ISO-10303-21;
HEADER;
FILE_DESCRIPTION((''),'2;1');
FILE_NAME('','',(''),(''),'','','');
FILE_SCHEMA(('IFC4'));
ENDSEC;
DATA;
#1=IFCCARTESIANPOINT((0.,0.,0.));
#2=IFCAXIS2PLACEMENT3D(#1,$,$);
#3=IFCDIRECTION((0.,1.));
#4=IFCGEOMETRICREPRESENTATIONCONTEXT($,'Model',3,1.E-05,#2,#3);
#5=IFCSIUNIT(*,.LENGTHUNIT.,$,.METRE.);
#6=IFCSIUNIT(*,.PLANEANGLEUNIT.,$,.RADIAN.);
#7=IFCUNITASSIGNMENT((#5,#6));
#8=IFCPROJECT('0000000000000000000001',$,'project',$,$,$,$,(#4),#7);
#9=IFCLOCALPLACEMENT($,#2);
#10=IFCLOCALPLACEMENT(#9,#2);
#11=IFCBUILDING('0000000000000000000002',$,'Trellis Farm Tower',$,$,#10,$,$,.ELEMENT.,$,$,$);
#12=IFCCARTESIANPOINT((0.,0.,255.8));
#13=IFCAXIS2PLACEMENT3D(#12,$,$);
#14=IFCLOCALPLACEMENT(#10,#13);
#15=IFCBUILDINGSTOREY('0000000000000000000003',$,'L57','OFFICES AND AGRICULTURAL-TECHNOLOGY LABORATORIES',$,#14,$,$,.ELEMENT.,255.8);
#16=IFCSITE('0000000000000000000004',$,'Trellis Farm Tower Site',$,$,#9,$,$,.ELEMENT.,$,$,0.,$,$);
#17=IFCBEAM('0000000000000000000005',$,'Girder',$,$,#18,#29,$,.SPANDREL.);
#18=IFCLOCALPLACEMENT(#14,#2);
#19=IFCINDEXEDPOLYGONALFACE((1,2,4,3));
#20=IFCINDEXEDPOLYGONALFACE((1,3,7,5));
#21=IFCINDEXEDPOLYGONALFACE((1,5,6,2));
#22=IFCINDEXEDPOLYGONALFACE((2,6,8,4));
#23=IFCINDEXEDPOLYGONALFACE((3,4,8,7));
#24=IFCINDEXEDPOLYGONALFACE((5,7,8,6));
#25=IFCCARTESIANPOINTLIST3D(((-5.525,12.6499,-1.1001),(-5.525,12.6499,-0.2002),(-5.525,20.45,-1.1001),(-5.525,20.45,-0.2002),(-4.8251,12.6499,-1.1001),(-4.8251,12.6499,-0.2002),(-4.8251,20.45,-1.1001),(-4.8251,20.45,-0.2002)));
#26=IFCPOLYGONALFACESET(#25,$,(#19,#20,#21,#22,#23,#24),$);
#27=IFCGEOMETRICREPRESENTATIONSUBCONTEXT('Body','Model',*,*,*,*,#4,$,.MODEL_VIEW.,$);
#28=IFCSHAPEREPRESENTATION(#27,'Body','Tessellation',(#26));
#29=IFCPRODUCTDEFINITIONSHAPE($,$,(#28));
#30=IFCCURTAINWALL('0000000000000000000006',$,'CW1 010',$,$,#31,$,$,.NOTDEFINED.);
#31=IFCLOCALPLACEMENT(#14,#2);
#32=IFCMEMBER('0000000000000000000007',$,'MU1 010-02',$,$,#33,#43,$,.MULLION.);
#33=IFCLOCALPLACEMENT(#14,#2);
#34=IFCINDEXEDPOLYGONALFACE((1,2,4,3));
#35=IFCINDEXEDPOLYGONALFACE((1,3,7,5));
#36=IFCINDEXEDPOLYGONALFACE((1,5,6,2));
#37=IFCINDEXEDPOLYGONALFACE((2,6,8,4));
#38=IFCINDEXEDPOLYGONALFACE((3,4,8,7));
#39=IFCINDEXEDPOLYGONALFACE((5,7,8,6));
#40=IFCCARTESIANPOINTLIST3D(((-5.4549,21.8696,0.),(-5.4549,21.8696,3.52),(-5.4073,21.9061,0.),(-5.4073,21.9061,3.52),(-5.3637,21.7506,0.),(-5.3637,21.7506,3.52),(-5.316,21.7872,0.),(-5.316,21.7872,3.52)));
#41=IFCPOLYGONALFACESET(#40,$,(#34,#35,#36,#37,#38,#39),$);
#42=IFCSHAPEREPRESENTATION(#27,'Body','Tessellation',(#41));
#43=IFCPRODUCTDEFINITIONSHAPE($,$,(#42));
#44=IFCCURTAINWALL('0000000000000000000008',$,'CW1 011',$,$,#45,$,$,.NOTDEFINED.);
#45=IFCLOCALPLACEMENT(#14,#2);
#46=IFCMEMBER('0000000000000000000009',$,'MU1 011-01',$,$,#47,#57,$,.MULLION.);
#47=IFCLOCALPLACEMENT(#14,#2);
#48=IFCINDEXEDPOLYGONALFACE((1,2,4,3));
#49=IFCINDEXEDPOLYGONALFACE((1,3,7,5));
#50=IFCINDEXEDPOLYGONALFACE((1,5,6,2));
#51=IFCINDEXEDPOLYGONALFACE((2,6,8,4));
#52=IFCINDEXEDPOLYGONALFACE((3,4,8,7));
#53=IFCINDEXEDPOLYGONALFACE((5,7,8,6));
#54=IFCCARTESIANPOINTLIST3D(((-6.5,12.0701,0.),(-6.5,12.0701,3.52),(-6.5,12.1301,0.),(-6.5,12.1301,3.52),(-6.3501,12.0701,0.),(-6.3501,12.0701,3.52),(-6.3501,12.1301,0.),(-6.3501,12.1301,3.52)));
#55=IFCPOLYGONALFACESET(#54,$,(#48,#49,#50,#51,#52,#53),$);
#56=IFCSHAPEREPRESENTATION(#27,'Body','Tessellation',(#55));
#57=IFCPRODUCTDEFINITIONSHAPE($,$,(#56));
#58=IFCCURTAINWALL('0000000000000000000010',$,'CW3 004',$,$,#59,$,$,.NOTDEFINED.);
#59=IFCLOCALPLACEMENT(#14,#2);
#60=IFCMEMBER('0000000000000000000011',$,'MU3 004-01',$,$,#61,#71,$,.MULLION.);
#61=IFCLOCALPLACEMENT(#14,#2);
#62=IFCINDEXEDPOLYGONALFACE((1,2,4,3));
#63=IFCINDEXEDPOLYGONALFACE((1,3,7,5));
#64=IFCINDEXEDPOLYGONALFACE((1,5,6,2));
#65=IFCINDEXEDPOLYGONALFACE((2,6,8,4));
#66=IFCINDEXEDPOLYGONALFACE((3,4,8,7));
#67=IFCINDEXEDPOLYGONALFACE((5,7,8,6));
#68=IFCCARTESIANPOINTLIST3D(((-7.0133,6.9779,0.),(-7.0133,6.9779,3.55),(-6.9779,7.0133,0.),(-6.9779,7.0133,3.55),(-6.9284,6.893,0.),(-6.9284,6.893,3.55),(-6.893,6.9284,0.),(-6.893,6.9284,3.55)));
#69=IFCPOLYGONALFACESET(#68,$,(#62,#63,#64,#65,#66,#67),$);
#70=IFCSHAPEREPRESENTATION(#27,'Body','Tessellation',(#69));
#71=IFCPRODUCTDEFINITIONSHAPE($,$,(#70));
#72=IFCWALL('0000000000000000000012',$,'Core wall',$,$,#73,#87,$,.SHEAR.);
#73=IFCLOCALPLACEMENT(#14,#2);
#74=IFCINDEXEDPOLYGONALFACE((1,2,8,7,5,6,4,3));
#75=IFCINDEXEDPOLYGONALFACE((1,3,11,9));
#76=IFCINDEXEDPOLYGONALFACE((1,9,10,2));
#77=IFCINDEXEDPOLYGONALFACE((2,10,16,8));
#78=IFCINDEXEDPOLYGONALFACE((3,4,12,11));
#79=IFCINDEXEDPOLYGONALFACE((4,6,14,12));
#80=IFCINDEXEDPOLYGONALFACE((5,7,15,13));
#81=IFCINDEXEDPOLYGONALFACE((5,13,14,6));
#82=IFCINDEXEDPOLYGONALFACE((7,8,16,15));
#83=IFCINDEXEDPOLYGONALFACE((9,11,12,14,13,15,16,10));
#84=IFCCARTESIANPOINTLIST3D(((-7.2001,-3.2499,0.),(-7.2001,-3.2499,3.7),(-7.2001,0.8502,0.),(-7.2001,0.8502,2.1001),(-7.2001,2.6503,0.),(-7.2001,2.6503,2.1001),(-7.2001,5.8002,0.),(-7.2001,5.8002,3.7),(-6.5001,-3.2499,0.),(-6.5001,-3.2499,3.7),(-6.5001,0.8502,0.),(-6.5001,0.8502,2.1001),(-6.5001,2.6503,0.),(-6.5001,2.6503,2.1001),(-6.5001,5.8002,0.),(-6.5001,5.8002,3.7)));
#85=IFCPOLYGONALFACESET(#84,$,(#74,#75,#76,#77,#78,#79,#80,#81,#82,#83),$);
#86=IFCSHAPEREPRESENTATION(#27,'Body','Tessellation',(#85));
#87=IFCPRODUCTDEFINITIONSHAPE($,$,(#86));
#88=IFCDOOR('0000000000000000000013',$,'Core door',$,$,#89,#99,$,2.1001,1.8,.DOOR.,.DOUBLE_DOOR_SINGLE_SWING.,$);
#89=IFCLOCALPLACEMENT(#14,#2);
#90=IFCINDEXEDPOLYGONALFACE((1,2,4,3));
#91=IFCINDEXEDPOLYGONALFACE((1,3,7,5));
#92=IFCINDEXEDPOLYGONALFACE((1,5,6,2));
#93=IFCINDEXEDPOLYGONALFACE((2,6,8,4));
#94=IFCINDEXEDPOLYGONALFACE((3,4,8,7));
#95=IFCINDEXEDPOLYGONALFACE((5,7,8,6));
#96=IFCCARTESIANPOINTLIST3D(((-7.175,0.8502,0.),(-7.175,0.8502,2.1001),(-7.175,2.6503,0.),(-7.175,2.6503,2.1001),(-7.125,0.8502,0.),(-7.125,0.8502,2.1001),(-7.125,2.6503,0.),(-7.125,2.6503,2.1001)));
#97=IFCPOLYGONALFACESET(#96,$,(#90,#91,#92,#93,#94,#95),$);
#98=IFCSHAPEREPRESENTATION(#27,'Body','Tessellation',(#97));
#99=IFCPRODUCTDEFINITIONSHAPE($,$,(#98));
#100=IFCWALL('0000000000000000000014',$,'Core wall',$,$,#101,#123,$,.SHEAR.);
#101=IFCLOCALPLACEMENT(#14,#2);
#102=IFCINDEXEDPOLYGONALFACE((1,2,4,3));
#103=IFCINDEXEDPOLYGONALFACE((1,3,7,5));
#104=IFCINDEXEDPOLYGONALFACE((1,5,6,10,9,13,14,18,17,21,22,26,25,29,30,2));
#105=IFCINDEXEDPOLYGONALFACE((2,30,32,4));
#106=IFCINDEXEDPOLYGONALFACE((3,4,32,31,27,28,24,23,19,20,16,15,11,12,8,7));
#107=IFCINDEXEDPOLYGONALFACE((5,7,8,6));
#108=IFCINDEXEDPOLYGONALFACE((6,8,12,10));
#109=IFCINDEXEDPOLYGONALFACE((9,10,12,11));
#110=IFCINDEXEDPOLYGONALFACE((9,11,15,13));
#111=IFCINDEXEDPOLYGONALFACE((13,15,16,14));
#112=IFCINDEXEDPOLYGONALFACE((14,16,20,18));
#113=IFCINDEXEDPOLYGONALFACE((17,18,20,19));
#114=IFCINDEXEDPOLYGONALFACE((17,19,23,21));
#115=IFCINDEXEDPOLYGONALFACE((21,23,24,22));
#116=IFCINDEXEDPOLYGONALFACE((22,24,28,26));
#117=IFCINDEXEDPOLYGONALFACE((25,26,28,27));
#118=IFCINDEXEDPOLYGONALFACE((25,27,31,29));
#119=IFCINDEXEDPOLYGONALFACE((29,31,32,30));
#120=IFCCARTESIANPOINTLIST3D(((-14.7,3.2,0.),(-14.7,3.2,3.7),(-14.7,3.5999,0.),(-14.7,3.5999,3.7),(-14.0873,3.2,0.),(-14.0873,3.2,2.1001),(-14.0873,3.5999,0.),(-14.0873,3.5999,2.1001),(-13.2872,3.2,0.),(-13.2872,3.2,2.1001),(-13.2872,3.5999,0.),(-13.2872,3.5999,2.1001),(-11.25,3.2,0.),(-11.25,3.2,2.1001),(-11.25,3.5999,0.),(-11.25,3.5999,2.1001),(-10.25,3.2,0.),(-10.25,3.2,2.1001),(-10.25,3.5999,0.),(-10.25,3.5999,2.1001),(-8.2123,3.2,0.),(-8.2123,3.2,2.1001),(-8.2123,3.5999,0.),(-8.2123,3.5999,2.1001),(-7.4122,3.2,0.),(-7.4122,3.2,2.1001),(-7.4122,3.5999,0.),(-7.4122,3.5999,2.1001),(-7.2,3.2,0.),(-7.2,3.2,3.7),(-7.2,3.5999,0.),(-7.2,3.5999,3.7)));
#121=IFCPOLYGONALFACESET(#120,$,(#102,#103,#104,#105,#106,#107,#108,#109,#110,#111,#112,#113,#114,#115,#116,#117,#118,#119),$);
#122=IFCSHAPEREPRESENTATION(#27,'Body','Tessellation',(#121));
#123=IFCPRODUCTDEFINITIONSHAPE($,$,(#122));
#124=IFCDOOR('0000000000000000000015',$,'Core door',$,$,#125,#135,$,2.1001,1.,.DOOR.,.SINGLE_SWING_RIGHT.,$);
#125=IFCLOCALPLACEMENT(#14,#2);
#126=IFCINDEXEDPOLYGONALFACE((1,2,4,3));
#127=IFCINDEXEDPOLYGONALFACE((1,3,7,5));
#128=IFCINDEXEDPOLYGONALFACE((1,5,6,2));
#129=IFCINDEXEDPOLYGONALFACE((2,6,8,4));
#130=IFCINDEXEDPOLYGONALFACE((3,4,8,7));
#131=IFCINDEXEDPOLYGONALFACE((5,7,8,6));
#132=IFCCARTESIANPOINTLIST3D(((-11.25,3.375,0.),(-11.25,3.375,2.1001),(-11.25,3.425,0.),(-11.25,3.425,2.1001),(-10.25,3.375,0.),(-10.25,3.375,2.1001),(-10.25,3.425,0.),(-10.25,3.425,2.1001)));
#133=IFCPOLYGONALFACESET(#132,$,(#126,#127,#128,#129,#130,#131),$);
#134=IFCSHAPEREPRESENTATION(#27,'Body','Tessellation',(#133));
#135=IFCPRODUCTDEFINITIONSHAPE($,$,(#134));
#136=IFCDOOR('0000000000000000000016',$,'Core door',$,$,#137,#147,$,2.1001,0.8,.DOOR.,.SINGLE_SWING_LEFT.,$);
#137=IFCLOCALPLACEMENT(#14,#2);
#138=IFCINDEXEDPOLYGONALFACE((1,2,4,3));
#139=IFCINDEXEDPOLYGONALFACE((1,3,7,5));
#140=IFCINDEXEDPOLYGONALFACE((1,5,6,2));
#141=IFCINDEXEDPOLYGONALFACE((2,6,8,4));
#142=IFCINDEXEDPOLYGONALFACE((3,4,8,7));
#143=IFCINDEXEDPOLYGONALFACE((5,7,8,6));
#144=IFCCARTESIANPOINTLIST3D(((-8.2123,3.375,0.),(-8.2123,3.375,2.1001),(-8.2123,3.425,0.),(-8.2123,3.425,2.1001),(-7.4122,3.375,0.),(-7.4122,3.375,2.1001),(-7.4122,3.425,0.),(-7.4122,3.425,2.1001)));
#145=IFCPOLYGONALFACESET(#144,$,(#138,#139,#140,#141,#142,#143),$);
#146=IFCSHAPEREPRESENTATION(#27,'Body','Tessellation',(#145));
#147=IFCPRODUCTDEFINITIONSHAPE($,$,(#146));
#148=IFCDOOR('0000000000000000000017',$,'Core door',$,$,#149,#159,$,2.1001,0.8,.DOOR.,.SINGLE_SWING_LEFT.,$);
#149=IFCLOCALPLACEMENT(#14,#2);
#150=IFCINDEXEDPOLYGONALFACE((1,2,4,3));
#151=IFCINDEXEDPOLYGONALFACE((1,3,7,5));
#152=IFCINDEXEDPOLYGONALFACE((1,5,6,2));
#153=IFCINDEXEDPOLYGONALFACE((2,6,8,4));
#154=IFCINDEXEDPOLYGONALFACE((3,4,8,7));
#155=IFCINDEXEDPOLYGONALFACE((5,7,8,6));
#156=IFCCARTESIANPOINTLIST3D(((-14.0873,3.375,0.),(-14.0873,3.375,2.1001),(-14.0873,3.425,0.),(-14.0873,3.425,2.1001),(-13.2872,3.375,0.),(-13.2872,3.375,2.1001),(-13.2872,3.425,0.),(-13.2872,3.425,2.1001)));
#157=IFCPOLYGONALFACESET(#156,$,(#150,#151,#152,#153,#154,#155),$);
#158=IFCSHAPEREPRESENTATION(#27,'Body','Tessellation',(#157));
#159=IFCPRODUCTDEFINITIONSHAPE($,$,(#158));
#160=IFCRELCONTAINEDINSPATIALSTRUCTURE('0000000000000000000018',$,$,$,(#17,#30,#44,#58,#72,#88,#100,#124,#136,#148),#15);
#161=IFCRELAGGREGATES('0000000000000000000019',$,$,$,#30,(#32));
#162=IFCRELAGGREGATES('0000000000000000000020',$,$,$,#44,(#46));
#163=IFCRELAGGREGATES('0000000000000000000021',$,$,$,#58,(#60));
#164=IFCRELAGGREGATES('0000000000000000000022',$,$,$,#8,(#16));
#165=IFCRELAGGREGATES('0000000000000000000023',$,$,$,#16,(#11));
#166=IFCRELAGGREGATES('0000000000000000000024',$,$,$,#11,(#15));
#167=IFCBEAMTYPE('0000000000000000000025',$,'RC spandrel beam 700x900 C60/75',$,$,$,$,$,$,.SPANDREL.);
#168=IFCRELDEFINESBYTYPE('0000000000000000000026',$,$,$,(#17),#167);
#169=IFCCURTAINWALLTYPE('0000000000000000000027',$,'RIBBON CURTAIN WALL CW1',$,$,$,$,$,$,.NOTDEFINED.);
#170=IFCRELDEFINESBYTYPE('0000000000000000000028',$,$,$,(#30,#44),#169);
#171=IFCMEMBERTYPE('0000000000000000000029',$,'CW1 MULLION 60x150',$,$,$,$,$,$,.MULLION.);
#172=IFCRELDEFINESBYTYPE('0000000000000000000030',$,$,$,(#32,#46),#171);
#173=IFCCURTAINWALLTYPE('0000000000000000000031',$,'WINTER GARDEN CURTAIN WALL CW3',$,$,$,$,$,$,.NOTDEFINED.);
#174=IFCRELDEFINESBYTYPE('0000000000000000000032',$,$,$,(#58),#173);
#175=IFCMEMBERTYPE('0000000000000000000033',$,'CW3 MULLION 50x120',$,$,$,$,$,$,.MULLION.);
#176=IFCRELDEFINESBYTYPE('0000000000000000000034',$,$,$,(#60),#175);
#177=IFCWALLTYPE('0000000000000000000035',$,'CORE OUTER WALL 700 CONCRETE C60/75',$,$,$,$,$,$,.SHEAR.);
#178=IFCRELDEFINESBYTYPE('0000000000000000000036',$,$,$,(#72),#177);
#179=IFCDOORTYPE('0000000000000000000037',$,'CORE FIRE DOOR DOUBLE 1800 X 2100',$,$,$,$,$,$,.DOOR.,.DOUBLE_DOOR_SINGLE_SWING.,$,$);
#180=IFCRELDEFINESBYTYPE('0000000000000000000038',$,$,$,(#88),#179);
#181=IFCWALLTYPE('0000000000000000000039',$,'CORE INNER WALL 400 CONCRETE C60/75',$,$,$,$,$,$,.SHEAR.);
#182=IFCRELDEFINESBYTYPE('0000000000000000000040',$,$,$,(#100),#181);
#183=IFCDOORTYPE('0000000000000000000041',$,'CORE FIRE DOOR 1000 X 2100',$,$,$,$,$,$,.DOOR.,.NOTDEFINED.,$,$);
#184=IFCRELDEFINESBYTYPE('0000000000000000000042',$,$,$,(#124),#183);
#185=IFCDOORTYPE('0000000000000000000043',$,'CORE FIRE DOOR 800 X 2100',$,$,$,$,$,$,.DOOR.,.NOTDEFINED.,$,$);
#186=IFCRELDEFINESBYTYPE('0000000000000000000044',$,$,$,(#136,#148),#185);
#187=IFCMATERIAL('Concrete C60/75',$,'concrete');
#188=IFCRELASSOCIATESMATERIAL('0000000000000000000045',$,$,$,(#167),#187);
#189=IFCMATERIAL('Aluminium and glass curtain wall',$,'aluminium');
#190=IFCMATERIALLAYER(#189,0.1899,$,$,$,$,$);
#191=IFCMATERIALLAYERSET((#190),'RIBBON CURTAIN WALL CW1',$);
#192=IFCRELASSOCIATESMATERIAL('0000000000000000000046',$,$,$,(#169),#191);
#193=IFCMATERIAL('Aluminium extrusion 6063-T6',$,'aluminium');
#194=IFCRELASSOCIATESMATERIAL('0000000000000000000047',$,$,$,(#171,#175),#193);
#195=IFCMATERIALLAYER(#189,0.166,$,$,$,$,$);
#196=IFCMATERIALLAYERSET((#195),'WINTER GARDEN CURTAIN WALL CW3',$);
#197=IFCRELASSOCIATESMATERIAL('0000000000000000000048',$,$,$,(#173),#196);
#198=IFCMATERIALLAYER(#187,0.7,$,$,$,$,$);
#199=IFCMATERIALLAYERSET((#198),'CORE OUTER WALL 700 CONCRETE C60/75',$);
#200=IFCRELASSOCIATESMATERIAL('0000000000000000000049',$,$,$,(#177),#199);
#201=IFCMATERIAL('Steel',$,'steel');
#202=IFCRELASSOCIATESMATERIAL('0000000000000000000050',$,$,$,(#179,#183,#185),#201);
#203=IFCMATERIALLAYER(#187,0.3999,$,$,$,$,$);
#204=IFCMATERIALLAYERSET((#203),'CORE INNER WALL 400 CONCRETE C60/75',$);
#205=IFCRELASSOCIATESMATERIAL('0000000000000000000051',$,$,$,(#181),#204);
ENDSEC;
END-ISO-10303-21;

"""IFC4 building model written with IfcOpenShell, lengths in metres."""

from ifc_helpers import new_model, si_unit, direction, frame, frame_2d, origin, origin_2d, place, context, subcontext, project, spatial, rectangle, extrude, source, transform, mapped, material, layer, layer_set, material_profile, profile_set, type_object, element, fill, aggregate, save


model = new_model("IFC4")

# Units and contexts
model_context = context("Model", 3, precision=1e-05, world=origin(), true_north=direction((0.0, 1.0)))
body_context = subcontext(model_context, "Body", "Model", "MODEL_VIEW")
ifc_project = project(units=[si_unit("LENGTHUNIT", "METRE"), si_unit("PLANEANGLEUNIT", "RADIAN")], contexts=[model_context])

# Site, building, storey
site_placement = place(None, origin())
site = spatial("IfcSite", under=ifc_project, at=site_placement, Name="Trellis Farm Tower Site", CompositionType="ELEMENT", RefElevation=0.0)
building_placement = place(site_placement, origin())
building = spatial("IfcBuilding", under=site, at=building_placement, Name="Trellis Farm Tower", CompositionType="ELEMENT")
storey_placement = place(building_placement, frame((0.0, 0.0, 255.8)))
storey = spatial("IfcBuildingStorey", under=building, at=storey_placement, Name="L57", Description="OFFICES AND AGRICULTURAL-TECHNOLOGY LABORATORIES", CompositionType="ELEMENT", Elevation=255.8)

# Shared definitions
ifc_material_1 = material(Name="Concrete C60/75", Category="concrete")

# Beam
ifc_material_profile_1 = material_profile(ifc_material_1, rectangle(XDim=0.7, YDim=0.8999, at=origin_2d()), Name="RC spandrel beam 700x900 C60/75")
ifc_profile_set_1 = profile_set([ifc_material_profile_1], Name="Concrete C60/75")
beam_type_1 = type_object("IfcBeamType", Name="RC spandrel beam 700x900 C60/75", PredefinedType="SPANDREL", material=ifc_profile_set_1)
shared_shape_1 = source(origin(), body_context, "Body", "SweptSolid", [
    extrude(rectangle(XDim=0.7, YDim=0.8999, at=origin_2d()), origin(), (0.0, 0.0, 1.0), 7.8),
])
beam_1_placement = place(storey_placement, frame((-5.175, 12.6499, -0.6501), z_axis=(0.0, 1.0, 0.0), x_axis=(-1.0, 0.0, 0.0)))
element("IfcBeam", 1, at=beam_1_placement, inside=storey, type_object=beam_type_1, Name="Girder", PredefinedType="SPANDREL", context=body_context, shape_type="MappedRepresentation", body=[
    mapped(shared_shape_1, transform((0.0, 0.0, 0.0))),
])

# Curtain walls, members
ifc_material_2 = material(Name="Aluminium and glass curtain wall", Category="aluminium")
ifc_layer_1 = layer(ifc_material_2, 0.1899)
ifc_layer_set_1 = layer_set([ifc_layer_1], Name="RIBBON CURTAIN WALL CW1")
curtain_wall_type_1 = type_object("IfcCurtainWallType", Name="RIBBON CURTAIN WALL CW1", PredefinedType="NOTDEFINED", material=ifc_layer_set_1)
placement = place(storey_placement, origin())
curtain_wall_1 = element("IfcCurtainWall", 2, at=placement, inside=storey, type_object=curtain_wall_type_1, Name="CW1 010", PredefinedType="NOTDEFINED")
ifc_material_3 = material(Name="Aluminium extrusion 6063-T6", Category="aluminium")
ifc_material_profile_2 = material_profile(ifc_material_3, rectangle(XDim=0.0601, YDim=0.1499, at=origin_2d()), Name="MULLION 60x150")
ifc_profile_set_2 = profile_set([ifc_material_profile_2], Name="Aluminium extrusion 6063-T6")
member_type_1 = type_object("IfcMemberType", Name="CW1 MULLION 60x150", PredefinedType="MULLION", material=ifc_profile_set_2)
shared_shape_2 = source(origin(), body_context, "Body", "SweptSolid", [
    extrude(rectangle(XDim=0.0601, YDim=0.1499, at=origin_2d()), origin(), (0.0, 0.0, 1.0), 3.52),
])
member_1_placement = place(storey_placement, frame((-5.3855, 21.8284, 0.0), z_axis=(0.0, 0.0, 1.0), x_axis=(-0.793353, -0.608761, 0.0)))
member_1 = element("IfcMember", 3, at=member_1_placement, type_object=member_type_1, Name="MU1 010-02", PredefinedType="MULLION", context=body_context, shape_type="MappedRepresentation", body=[
    mapped(shared_shape_2, transform((0.0, 0.0, 0.0))),
])
aggregate(curtain_wall_1, [member_1])
curtain_wall_2 = element("IfcCurtainWall", 4, at=placement, inside=storey, type_object=curtain_wall_type_1, Name="CW1 011", PredefinedType="NOTDEFINED")
member_2_placement = place(storey_placement, frame((-6.425, 12.1001, 0.0), z_axis=(0.0, 0.0, 1.0), x_axis=(0.0, -1.0, 0.0)))
member_2 = element("IfcMember", 5, at=member_2_placement, type_object=member_type_1, Name="MU1 011-01", PredefinedType="MULLION", context=body_context, shape_type="MappedRepresentation", body=[
    mapped(shared_shape_2, transform((0.0, 0.0, 0.0))),
])
aggregate(curtain_wall_2, [member_2])
ifc_layer_2 = layer(ifc_material_2, 0.166)
ifc_layer_set_2 = layer_set([ifc_layer_2], Name="WINTER GARDEN CURTAIN WALL CW3")
curtain_wall_type_2 = type_object("IfcCurtainWallType", Name="WINTER GARDEN CURTAIN WALL CW3", PredefinedType="NOTDEFINED", material=ifc_layer_set_2)
curtain_wall_3 = element("IfcCurtainWall", 6, at=placement, inside=storey, type_object=curtain_wall_type_2, Name="CW3 004", PredefinedType="NOTDEFINED")
ifc_material_profile_3 = material_profile(ifc_material_3, rectangle(XDim=0.05, YDim=0.1201, at=origin_2d()), Name="MULLION 50x120")
ifc_profile_set_3 = profile_set([ifc_material_profile_3], Name="Aluminium extrusion 6063-T6")
member_type_2 = type_object("IfcMemberType", Name="CW3 MULLION 50x120", PredefinedType="MULLION", material=ifc_profile_set_3)
shared_shape_3 = source(origin(), body_context, "Body", "SweptSolid", [
    extrude(rectangle(XDim=0.05, YDim=0.1201, at=origin_2d()), origin(), (0.0, 0.0, 1.0), 3.55),
])
member_3_placement = place(storey_placement, frame((-6.9531, 6.9531, 0.0), z_axis=(0.0, 0.0, 1.0), x_axis=(-0.707107, -0.707107, 0.0)))
member_3 = element("IfcMember", 7, at=member_3_placement, type_object=member_type_2, Name="MU3 004-01", PredefinedType="MULLION", context=body_context, shape_type="MappedRepresentation", body=[
    mapped(shared_shape_3, transform((0.0, 0.0, 0.0))),
])
aggregate(curtain_wall_3, [member_3])

# Wall, opening, door
ifc_layer_3 = layer(ifc_material_1, 0.7)
ifc_layer_set_3 = layer_set([ifc_layer_3], Name="CORE OUTER WALL 700 CONCRETE C60/75")
wall_type_1 = type_object("IfcWallType", Name="CORE OUTER WALL 700 CONCRETE C60/75", PredefinedType="SHEAR", material=ifc_layer_set_3)
shared_shape_4 = source(origin(), body_context, "Body", "SweptSolid", [
    extrude(rectangle(XDim=9.05, YDim=0.7, at=frame_2d((4.5249, 0.0))), origin(), (0.0, 0.0, 1.0), 3.7),
])
wall_1_placement = place(storey_placement, frame((-6.8501, 5.8, 0.0), z_axis=(0.0, 0.0, 1.0), x_axis=(0.0, -1.0, 0.0)))
wall_1 = element("IfcWall", 8, at=wall_1_placement, inside=storey, type_object=wall_type_1, Name="Core wall", PredefinedType="SHEAR", context=body_context, shape_type="MappedRepresentation", body=[
    mapped(shared_shape_4, transform((0.0, 0.0, 0.0))),
])
shared_shape_5 = source(origin(), body_context, "Body", "SweptSolid", [
    extrude(rectangle(XDim=1.8, YDim=2.1001, at=frame_2d((0.8999, 1.05))), frame((0.0, 0.3601, 0.0), z_axis=(0.0, -1.0, 0.0), x_axis=(1.0, 0.0, 0.0)), (0.0, 0.0, 1.0), 0.7202),
])
opening_1_placement = place(wall_1_placement, frame((3.1499, 0.0, 0.0)))
opening_1 = element("IfcOpeningElement", 9, at=opening_1_placement, cuts=wall_1, PredefinedType="OPENING", context=body_context, shape_type="MappedRepresentation", body=[
    mapped(shared_shape_5, transform((0.0, 0.0, 0.0))),
])
ifc_material_4 = material(Name="Steel", Category="steel")
door_type_1 = type_object("IfcDoorType", Name="CORE FIRE DOOR DOUBLE 1800 X 2100", OperationType="DOUBLE_DOOR_SINGLE_SWING", PredefinedType="DOOR", material=ifc_material_4)
shared_shape_6 = source(origin(), body_context, "Body", "SweptSolid", [
    extrude(rectangle(XDim=1.8, YDim=2.1001, at=frame_2d((0.8999, 1.05))), frame((0.0, -0.2749, 0.0), z_axis=(0.0, -1.0, 0.0), x_axis=(1.0, 0.0, 0.0)), (0.0, 0.0, 1.0), 0.05),
])
door_1_placement = place(opening_1_placement, origin())
door_1 = element("IfcDoor", 10, at=door_1_placement, inside=storey, type_object=door_type_1, Name="Core door", OperationType="DOUBLE_DOOR_SINGLE_SWING", OverallHeight=2.1001, OverallWidth=1.8, PredefinedType="DOOR", context=body_context, shape_type="MappedRepresentation", body=[
    mapped(shared_shape_6, transform((0.0, 0.0, 0.0))),
])
fill(opening_1, door_1)

# Wall, openings, doors
ifc_layer_4 = layer(ifc_material_1, 0.3999)
ifc_layer_set_4 = layer_set([ifc_layer_4], Name="CORE INNER WALL 400 CONCRETE C60/75")
wall_type_2 = type_object("IfcWallType", Name="CORE INNER WALL 400 CONCRETE C60/75", PredefinedType="SHEAR", material=ifc_layer_set_4)
shared_shape_7 = source(origin(), body_context, "Body", "SweptSolid", [
    extrude(rectangle(XDim=7.5, YDim=0.3999, at=frame_2d((3.75, 0.0))), origin(), (0.0, 0.0, 1.0), 3.7),
])
wall_2_placement = place(storey_placement, frame((-7.2, 3.3999, 0.0), z_axis=(0.0, 0.0, 1.0), x_axis=(-1.0, 0.0, 0.0)))
wall_2 = element("IfcWall", 11, at=wall_2_placement, inside=storey, type_object=wall_type_2, Name="Core wall", PredefinedType="SHEAR", context=body_context, shape_type="MappedRepresentation", body=[
    mapped(shared_shape_7, transform((0.0, 0.0, 0.0))),
])
shared_shape_8 = source(origin(), body_context, "Body", "SweptSolid", [
    extrude(rectangle(XDim=0.8, YDim=2.1001, at=frame_2d((0.3999, 1.05))), frame((0.0, 0.21, 0.0), z_axis=(0.0, -1.0, 0.0), x_axis=(1.0, 0.0, 0.0)), (0.0, 0.0, 1.0), 0.4199),
])
opening_2_placement = place(wall_2_placement, frame((0.2124, 0.0, 0.0)))
opening_2 = element("IfcOpeningElement", 12, at=opening_2_placement, cuts=wall_2, PredefinedType="OPENING", context=body_context, shape_type="MappedRepresentation", body=[
    mapped(shared_shape_8, transform((0.0, 0.0, 0.0))),
])
shared_shape_9 = source(origin(), body_context, "Body", "SweptSolid", [
    extrude(rectangle(XDim=1.0, YDim=2.1001, at=frame_2d((0.5, 1.05))), frame((0.0, 0.21, 0.0), z_axis=(0.0, -1.0, 0.0), x_axis=(1.0, 0.0, 0.0)), (0.0, 0.0, 1.0), 0.4199),
])
opening_3_placement = place(wall_2_placement, frame((3.05, 0.0, 0.0)))
opening_3 = element("IfcOpeningElement", 13, at=opening_3_placement, cuts=wall_2, PredefinedType="OPENING", context=body_context, shape_type="MappedRepresentation", body=[
    mapped(shared_shape_9, transform((0.0, 0.0, 0.0))),
])
opening_4_placement = place(wall_2_placement, frame((6.0874, 0.0, 0.0)))
opening_4 = element("IfcOpeningElement", 14, at=opening_4_placement, cuts=wall_2, PredefinedType="OPENING", context=body_context, shape_type="MappedRepresentation", body=[
    mapped(shared_shape_8, transform((0.0, 0.0, 0.0))),
])
door_type_2 = type_object("IfcDoorType", Name="CORE FIRE DOOR 1000 X 2100", OperationType="NOTDEFINED", PredefinedType="DOOR", material=ifc_material_4)
shared_shape_10 = source(origin(), body_context, "Body", "SweptSolid", [
    extrude(rectangle(XDim=1.0, YDim=2.1001, at=frame_2d((0.5, 1.05))), frame((0.0, 0.0249, 0.0), z_axis=(0.0, -1.0, 0.0), x_axis=(1.0, 0.0, 0.0)), (0.0, 0.0, 1.0), 0.05),
])
door_2_placement = place(opening_3_placement, origin())
door_2 = element("IfcDoor", 15, at=door_2_placement, inside=storey, type_object=door_type_2, Name="Core door", OperationType="SINGLE_SWING_RIGHT", OverallHeight=2.1001, OverallWidth=1.0, PredefinedType="DOOR", context=body_context, shape_type="MappedRepresentation", body=[
    mapped(shared_shape_10, transform((0.0, 0.0, 0.0))),
])
fill(opening_3, door_2)
door_type_3 = type_object("IfcDoorType", Name="CORE FIRE DOOR 800 X 2100", OperationType="NOTDEFINED", PredefinedType="DOOR", material=ifc_material_4)
shared_shape_11 = source(origin(), body_context, "Body", "SweptSolid", [
    extrude(rectangle(XDim=0.8, YDim=2.1001, at=frame_2d((0.3999, 1.05))), frame((0.0, 0.0249, 0.0), z_axis=(0.0, -1.0, 0.0), x_axis=(1.0, 0.0, 0.0)), (0.0, 0.0, 1.0), 0.05),
])
door_3_placement = place(opening_2_placement, origin())
door_3 = element("IfcDoor", 16, at=door_3_placement, inside=storey, type_object=door_type_3, Name="Core door", OperationType="SINGLE_SWING_LEFT", OverallHeight=2.1001, OverallWidth=0.8, PredefinedType="DOOR", context=body_context, shape_type="MappedRepresentation", body=[
    mapped(shared_shape_11, transform((0.0, 0.0, 0.0))),
])
fill(opening_2, door_3)
door_4_placement = place(opening_4_placement, origin())
door_4 = element("IfcDoor", 17, at=door_4_placement, inside=storey, type_object=door_type_3, Name="Core door", OperationType="SINGLE_SWING_LEFT", OverallHeight=2.1001, OverallWidth=0.8, PredefinedType="DOOR", context=body_context, shape_type="MappedRepresentation", body=[
    mapped(shared_shape_11, transform((0.0, 0.0, 0.0))),
])
fill(opening_4, door_4)

save(model, "model.ifc")
